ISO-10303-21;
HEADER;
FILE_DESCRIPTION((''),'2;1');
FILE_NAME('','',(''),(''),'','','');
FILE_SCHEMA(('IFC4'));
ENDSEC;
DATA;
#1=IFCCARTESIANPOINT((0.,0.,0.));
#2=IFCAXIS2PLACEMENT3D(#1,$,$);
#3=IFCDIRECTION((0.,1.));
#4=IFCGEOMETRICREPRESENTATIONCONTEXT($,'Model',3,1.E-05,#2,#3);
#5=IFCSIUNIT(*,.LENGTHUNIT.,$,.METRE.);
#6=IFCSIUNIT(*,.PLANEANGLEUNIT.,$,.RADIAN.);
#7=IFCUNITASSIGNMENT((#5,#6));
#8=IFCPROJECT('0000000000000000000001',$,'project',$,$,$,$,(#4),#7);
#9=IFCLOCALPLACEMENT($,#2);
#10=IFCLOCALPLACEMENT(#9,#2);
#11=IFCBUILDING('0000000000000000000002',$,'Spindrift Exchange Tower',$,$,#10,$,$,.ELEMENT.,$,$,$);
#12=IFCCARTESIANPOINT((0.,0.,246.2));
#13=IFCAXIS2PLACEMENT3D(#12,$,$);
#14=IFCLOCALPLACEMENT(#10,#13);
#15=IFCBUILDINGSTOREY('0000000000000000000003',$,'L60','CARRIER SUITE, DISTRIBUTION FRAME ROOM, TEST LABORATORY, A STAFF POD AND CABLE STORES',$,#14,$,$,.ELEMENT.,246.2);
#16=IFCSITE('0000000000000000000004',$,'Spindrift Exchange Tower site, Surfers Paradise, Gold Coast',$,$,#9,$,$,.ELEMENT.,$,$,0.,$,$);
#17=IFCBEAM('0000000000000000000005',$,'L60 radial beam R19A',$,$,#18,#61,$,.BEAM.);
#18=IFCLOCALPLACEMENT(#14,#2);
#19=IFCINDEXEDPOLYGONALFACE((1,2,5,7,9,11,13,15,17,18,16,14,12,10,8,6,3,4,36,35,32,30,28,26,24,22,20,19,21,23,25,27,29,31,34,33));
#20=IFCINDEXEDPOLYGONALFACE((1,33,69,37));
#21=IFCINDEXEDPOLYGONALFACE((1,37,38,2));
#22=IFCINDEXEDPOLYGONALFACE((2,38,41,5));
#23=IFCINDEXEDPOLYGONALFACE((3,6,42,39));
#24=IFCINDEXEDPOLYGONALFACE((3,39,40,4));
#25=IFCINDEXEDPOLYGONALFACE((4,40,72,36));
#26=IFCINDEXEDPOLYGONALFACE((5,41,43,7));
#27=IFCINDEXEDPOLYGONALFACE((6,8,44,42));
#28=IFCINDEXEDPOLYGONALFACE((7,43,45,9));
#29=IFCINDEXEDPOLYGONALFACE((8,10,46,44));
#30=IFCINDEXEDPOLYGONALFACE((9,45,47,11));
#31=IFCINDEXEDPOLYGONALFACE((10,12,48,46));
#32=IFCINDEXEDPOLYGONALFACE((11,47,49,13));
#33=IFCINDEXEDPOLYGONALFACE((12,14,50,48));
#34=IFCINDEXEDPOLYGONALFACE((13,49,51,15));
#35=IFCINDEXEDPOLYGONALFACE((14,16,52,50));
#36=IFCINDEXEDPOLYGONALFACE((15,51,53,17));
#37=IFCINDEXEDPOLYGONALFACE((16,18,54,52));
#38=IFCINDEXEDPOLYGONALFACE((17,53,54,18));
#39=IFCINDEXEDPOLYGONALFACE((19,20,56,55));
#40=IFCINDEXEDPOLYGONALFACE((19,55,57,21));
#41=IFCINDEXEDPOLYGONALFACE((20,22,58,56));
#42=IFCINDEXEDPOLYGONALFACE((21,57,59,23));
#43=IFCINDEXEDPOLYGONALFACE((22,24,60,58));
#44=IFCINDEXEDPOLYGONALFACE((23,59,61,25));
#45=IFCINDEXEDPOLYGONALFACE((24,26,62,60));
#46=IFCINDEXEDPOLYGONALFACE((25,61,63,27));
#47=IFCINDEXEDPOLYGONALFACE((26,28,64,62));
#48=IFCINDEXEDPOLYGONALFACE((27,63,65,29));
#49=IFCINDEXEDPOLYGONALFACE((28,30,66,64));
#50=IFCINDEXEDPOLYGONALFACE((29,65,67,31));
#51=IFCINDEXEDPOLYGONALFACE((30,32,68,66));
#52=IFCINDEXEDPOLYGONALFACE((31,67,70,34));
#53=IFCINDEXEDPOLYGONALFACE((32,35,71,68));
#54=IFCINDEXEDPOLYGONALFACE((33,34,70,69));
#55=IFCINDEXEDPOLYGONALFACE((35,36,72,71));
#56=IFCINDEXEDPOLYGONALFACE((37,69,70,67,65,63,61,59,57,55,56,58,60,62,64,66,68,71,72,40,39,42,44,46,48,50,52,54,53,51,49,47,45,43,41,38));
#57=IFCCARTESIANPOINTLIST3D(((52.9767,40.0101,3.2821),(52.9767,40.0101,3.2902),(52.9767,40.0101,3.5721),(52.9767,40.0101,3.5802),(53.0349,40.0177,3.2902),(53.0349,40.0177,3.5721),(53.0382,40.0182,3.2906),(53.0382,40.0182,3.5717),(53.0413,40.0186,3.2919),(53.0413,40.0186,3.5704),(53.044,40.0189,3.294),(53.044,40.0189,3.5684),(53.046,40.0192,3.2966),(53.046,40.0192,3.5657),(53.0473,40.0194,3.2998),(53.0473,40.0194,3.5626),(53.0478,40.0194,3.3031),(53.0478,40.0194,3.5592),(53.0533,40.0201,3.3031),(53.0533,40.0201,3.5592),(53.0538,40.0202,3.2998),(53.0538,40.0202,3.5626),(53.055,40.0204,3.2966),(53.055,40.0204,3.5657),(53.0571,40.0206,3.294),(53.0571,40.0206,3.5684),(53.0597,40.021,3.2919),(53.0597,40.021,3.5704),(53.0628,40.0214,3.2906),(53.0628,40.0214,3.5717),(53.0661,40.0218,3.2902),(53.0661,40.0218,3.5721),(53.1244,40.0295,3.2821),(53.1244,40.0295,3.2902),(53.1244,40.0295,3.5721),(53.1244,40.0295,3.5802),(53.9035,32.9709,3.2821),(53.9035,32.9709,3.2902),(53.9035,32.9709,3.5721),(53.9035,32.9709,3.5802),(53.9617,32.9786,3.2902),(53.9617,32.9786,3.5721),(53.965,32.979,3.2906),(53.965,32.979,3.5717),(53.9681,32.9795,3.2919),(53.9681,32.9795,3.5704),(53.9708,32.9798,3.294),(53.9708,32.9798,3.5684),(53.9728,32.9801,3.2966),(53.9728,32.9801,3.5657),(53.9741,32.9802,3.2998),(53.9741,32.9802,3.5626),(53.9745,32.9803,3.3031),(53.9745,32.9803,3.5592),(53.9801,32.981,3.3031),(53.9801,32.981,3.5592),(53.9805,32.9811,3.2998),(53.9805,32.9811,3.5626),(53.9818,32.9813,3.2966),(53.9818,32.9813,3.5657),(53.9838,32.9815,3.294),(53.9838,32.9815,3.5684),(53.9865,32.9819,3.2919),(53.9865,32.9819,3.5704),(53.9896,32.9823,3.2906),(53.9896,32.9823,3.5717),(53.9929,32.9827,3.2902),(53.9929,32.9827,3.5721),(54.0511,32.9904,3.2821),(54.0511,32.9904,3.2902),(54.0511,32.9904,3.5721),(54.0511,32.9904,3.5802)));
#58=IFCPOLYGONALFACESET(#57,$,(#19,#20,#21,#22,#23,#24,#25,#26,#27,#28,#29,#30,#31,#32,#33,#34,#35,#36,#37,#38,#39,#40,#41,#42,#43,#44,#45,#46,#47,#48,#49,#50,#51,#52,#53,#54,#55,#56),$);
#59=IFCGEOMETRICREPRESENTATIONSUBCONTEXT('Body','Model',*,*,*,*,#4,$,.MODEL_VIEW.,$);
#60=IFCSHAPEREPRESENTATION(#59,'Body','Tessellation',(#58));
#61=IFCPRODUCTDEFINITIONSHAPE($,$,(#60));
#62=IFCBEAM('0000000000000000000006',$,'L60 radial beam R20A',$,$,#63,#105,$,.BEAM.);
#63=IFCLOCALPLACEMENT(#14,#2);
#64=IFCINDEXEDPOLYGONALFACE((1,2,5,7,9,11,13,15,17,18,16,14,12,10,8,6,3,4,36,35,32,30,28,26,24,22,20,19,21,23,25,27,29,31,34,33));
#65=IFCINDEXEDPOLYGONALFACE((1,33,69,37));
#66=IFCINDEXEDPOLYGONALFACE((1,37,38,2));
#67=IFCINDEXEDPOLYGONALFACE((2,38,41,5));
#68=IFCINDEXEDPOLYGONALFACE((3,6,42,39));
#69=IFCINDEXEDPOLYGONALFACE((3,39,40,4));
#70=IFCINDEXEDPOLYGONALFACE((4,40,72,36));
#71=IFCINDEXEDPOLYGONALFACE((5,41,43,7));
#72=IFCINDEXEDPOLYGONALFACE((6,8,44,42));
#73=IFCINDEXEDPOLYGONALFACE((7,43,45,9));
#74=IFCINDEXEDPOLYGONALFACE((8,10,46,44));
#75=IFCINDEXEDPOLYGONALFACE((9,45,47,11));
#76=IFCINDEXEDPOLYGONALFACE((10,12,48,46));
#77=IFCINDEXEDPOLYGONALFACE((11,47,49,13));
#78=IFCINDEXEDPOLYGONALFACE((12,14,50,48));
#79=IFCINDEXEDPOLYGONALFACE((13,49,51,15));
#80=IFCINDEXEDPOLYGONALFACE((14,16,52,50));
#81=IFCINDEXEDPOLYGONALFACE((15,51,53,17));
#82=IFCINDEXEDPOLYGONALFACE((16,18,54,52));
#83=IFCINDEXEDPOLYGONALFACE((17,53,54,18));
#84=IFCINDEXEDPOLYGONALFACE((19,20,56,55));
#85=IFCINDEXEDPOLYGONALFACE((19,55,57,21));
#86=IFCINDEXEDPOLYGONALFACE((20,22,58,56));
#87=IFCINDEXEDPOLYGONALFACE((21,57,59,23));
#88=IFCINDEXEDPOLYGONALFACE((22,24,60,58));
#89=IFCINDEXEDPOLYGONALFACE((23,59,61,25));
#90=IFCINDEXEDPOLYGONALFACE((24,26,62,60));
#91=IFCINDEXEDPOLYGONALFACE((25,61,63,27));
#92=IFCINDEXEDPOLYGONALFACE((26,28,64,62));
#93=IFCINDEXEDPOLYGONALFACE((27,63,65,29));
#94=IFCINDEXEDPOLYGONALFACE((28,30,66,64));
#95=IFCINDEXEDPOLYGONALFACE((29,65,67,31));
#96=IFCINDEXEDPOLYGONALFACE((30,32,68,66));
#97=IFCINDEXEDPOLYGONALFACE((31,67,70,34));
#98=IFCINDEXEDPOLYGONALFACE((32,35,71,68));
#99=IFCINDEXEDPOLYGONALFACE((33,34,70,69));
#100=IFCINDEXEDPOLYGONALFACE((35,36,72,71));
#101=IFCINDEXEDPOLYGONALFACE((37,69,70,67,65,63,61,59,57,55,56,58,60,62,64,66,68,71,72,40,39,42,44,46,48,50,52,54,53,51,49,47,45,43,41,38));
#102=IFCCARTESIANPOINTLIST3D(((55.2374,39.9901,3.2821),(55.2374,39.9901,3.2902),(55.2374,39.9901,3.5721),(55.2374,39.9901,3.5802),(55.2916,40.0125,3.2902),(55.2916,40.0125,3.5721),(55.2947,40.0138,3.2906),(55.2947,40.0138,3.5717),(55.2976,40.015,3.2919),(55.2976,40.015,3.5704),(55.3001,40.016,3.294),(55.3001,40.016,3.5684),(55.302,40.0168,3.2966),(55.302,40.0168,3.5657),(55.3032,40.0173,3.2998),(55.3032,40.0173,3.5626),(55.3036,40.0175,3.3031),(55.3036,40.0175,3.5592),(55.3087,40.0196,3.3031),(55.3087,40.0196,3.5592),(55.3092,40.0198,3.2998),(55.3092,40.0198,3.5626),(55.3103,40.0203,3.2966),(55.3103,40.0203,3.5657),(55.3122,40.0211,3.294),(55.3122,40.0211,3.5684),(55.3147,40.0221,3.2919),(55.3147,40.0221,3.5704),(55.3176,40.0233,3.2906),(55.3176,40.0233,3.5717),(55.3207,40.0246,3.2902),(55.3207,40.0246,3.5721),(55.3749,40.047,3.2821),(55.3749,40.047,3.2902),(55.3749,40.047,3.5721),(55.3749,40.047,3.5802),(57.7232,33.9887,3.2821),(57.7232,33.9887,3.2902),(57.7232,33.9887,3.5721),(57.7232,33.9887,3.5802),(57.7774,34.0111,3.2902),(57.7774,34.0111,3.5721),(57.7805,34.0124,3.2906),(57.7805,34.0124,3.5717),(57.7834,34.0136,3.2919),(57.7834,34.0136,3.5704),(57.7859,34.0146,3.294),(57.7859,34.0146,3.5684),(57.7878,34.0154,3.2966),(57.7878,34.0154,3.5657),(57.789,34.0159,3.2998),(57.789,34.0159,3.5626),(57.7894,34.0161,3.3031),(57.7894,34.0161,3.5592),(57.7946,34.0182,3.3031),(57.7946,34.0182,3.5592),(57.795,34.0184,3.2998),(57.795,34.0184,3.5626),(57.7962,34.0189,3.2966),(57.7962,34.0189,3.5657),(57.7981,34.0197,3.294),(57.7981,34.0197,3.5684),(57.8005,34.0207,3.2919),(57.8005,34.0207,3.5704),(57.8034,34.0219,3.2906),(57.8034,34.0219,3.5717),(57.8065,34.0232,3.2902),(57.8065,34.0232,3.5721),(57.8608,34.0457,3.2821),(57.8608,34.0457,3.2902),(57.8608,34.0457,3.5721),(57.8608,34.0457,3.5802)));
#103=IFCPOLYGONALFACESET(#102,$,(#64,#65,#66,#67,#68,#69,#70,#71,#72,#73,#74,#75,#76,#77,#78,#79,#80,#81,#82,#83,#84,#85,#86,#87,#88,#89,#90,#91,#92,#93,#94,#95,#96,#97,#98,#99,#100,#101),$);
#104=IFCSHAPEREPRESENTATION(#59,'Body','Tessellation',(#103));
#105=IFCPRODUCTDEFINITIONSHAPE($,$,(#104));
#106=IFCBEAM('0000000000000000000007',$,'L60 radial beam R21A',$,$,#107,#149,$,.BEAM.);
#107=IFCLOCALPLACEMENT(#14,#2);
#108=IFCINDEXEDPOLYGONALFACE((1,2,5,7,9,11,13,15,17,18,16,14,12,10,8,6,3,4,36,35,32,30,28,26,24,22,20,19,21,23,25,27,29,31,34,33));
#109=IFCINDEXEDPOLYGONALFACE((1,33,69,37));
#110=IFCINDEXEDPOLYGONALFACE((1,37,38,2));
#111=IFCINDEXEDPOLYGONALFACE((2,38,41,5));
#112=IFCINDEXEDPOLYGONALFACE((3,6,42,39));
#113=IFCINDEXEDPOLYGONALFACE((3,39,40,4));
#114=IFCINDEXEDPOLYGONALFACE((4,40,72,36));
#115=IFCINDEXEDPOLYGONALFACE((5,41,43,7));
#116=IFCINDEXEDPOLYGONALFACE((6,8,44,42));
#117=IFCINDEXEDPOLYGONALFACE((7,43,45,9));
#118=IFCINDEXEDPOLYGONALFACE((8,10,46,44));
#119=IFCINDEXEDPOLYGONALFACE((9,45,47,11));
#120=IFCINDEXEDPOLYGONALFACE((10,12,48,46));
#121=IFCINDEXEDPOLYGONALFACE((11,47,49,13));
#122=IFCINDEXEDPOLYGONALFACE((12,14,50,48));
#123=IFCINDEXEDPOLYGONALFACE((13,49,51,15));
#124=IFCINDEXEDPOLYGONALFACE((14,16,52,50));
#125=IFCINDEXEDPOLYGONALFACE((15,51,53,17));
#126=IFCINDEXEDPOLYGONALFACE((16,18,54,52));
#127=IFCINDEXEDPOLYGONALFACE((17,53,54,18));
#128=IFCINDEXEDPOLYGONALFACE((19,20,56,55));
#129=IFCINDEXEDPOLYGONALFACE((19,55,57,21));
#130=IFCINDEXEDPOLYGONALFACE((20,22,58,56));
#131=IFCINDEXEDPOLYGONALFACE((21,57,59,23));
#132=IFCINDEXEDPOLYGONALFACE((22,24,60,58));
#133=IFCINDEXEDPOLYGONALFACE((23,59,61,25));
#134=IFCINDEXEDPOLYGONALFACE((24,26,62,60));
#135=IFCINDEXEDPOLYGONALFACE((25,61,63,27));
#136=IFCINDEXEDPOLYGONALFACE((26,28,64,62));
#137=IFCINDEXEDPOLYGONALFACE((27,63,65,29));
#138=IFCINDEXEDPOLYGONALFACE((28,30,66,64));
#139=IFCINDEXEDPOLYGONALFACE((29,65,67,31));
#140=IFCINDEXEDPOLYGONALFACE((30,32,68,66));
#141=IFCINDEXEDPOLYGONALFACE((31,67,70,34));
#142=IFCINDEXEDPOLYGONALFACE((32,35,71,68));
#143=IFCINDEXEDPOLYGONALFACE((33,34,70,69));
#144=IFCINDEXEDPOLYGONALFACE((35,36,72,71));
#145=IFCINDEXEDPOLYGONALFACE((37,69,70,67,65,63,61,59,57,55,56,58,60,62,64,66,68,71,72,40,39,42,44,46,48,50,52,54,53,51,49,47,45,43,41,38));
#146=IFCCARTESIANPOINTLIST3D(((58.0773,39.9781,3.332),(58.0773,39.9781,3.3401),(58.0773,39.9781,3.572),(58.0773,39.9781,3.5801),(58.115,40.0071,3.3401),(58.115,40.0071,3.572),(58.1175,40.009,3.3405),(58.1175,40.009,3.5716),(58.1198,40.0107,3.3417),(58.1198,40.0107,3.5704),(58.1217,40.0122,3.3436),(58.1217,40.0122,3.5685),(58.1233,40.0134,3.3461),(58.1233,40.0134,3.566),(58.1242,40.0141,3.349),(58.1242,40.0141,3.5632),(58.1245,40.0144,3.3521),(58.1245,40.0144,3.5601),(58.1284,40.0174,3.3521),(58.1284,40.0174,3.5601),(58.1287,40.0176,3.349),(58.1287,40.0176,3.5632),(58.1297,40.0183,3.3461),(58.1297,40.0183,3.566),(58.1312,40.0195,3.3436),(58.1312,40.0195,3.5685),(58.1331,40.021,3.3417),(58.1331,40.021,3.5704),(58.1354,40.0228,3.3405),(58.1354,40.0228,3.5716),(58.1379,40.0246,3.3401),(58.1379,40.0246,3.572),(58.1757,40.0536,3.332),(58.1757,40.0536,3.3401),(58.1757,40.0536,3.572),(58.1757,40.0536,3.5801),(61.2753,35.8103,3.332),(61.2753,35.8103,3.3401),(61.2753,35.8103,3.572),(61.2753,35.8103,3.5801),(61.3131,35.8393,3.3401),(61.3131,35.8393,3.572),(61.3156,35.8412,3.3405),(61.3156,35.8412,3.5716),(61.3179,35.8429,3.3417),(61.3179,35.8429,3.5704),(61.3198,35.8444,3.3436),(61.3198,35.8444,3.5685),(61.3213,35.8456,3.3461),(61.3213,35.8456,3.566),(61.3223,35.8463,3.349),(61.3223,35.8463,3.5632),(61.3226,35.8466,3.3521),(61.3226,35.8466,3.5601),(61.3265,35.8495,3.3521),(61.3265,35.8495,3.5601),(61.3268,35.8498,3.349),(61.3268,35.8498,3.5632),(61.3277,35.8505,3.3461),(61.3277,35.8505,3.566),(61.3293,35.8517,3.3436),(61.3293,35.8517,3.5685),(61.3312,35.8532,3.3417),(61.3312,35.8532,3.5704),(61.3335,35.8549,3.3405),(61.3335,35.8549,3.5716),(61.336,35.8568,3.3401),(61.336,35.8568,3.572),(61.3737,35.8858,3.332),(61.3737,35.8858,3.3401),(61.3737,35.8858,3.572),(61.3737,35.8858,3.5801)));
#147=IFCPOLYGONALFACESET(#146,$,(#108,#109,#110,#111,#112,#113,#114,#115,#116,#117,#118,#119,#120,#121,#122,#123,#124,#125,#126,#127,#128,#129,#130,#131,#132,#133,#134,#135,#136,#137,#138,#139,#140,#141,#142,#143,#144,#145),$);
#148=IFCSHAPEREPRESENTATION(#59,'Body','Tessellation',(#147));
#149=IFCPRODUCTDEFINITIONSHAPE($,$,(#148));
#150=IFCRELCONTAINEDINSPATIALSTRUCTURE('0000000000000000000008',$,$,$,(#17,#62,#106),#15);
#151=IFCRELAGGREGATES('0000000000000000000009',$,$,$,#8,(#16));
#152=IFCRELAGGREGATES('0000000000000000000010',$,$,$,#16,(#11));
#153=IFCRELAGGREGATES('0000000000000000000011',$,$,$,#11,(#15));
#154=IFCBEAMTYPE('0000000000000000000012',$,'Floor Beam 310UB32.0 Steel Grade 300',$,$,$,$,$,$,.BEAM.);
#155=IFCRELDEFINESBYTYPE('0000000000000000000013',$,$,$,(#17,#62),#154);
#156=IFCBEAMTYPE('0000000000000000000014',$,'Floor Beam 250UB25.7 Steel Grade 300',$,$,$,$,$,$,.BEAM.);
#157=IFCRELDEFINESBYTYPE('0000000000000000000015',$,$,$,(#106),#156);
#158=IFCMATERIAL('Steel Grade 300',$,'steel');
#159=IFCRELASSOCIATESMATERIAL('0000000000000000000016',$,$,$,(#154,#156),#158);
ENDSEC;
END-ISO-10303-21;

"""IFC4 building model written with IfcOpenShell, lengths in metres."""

from ifc_helpers import new_model, si_unit, direction, frame, origin, origin_2d, place, context, subcontext, project, spatial, i_section, extrude, source, transform, mapped, material, material_profile, profile_set, type_object, element, save


model = new_model("IFC4")

# Units and contexts
model_context = context("Model", 3, precision=1e-05, world=origin(), true_north=direction((0.0, 1.0)))
body_context = subcontext(model_context, "Body", "Model", "MODEL_VIEW")
ifc_project = project(units=[si_unit("LENGTHUNIT", "METRE"), si_unit("PLANEANGLEUNIT", "RADIAN")], contexts=[model_context])

# Site, building, storey
site_placement = place(None, origin())
site = spatial("IfcSite", under=ifc_project, at=site_placement, Name="Spindrift Exchange Tower site, Surfers Paradise, Gold Coast", CompositionType="ELEMENT", RefElevation=0.0)
building_placement = place(site_placement, origin())
building = spatial("IfcBuilding", under=site, at=building_placement, Name="Spindrift Exchange Tower", CompositionType="ELEMENT")
storey_placement = place(building_placement, frame((0.0, 0.0, 246.2)))
storey = spatial("IfcBuildingStorey", under=building, at=storey_placement, Name="L60", Description="CARRIER SUITE, DISTRIBUTION FRAME ROOM, TEST LABORATORY, A STAFF POD AND CABLE STORES", CompositionType="ELEMENT", Elevation=246.2)

# Beams
ifc_material_1 = material(Name="Steel Grade 300", Category="steel")
ifc_material_profile_1 = material_profile(ifc_material_1, i_section(OverallWidth=0.1489, OverallDepth=0.2981, WebThickness=0.0056, FlangeThickness=0.0081, FilletRadius=0.0129, at=origin_2d()), Name="310UB32.0")
ifc_profile_set_1 = profile_set([ifc_material_profile_1], Name="Steel Grade 300")
beam_type_1 = type_object("IfcBeamType", Name="Floor Beam 310UB32.0 Steel Grade 300", PredefinedType="BEAM", material=ifc_profile_set_1)
shared_shape_1 = source(origin(), body_context, "Body", "SweptSolid", [
    extrude(i_section(OverallWidth=0.1489, OverallDepth=0.2981, WebThickness=0.0056, FlangeThickness=0.0081, FilletRadius=0.0129, at=origin_2d()), origin(), (0.0, 0.0, 1.0), 7.0999),
])
beam_1_placement = place(storey_placement, frame((53.0505, 40.0198, 3.4312), z_axis=(0.130533, -0.991444, 0.0), x_axis=(0.991444, 0.130533, 0.0)))
element("IfcBeam", 1, at=beam_1_placement, inside=storey, type_object=beam_type_1, Name="L60 radial beam R19A", PredefinedType="BEAM", context=body_context, shape_type="MappedRepresentation", body=[
    mapped(shared_shape_1, transform((0.0, 0.0, 0.0), scale=1.0)),
])
shared_shape_2 = source(origin(), body_context, "Body", "SweptSolid", [
    extrude(i_section(OverallWidth=0.1489, OverallDepth=0.2981, WebThickness=0.0056, FlangeThickness=0.0081, FilletRadius=0.0129, at=origin_2d()), origin(), (0.0, 0.0, 1.0), 6.4958),
])
beam_2_placement = place(storey_placement, frame((55.3062, 40.0186, 3.4312), z_axis=(0.382677, -0.923882, 0.0), x_axis=(0.923882, 0.382677, 0.0)))
element("IfcBeam", 2, at=beam_2_placement, inside=storey, type_object=beam_type_1, Name="L60 radial beam R20A", PredefinedType="BEAM", context=body_context, shape_type="MappedRepresentation", body=[
    mapped(shared_shape_2, transform((0.0, 0.0, 0.0), scale=1.0)),
])
ifc_material_profile_2 = material_profile(ifc_material_1, i_section(OverallWidth=0.124, OverallDepth=0.248, WebThickness=0.0049, FlangeThickness=0.0081, FilletRadius=0.012, at=origin_2d()), Name="250UB25.7")
ifc_profile_set_2 = profile_set([ifc_material_profile_2], Name="Steel Grade 300")
beam_type_2 = type_object("IfcBeamType", Name="Floor Beam 250UB25.7 Steel Grade 300", PredefinedType="BEAM", material=ifc_profile_set_2)
shared_shape_3 = source(origin(), body_context, "Body", "SweptSolid", [
    extrude(i_section(OverallWidth=0.124, OverallDepth=0.248, WebThickness=0.0049, FlangeThickness=0.0081, FilletRadius=0.012, at=origin_2d()), origin(), (0.0, 0.0, 1.0), 5.2534),
])
beam_3_placement = place(storey_placement, frame((58.1265, 40.0159, 3.4561), z_axis=(0.60876, -0.793354, 0.0), x_axis=(0.793354, 0.60876, 0.0)))
element("IfcBeam", 3, at=beam_3_placement, inside=storey, type_object=beam_type_2, Name="L60 radial beam R21A", PredefinedType="BEAM", context=body_context, shape_type="MappedRepresentation", body=[
    mapped(shared_shape_3, transform((0.0, 0.0, 0.0), scale=1.0)),
])

save(model, "model.ifc")
